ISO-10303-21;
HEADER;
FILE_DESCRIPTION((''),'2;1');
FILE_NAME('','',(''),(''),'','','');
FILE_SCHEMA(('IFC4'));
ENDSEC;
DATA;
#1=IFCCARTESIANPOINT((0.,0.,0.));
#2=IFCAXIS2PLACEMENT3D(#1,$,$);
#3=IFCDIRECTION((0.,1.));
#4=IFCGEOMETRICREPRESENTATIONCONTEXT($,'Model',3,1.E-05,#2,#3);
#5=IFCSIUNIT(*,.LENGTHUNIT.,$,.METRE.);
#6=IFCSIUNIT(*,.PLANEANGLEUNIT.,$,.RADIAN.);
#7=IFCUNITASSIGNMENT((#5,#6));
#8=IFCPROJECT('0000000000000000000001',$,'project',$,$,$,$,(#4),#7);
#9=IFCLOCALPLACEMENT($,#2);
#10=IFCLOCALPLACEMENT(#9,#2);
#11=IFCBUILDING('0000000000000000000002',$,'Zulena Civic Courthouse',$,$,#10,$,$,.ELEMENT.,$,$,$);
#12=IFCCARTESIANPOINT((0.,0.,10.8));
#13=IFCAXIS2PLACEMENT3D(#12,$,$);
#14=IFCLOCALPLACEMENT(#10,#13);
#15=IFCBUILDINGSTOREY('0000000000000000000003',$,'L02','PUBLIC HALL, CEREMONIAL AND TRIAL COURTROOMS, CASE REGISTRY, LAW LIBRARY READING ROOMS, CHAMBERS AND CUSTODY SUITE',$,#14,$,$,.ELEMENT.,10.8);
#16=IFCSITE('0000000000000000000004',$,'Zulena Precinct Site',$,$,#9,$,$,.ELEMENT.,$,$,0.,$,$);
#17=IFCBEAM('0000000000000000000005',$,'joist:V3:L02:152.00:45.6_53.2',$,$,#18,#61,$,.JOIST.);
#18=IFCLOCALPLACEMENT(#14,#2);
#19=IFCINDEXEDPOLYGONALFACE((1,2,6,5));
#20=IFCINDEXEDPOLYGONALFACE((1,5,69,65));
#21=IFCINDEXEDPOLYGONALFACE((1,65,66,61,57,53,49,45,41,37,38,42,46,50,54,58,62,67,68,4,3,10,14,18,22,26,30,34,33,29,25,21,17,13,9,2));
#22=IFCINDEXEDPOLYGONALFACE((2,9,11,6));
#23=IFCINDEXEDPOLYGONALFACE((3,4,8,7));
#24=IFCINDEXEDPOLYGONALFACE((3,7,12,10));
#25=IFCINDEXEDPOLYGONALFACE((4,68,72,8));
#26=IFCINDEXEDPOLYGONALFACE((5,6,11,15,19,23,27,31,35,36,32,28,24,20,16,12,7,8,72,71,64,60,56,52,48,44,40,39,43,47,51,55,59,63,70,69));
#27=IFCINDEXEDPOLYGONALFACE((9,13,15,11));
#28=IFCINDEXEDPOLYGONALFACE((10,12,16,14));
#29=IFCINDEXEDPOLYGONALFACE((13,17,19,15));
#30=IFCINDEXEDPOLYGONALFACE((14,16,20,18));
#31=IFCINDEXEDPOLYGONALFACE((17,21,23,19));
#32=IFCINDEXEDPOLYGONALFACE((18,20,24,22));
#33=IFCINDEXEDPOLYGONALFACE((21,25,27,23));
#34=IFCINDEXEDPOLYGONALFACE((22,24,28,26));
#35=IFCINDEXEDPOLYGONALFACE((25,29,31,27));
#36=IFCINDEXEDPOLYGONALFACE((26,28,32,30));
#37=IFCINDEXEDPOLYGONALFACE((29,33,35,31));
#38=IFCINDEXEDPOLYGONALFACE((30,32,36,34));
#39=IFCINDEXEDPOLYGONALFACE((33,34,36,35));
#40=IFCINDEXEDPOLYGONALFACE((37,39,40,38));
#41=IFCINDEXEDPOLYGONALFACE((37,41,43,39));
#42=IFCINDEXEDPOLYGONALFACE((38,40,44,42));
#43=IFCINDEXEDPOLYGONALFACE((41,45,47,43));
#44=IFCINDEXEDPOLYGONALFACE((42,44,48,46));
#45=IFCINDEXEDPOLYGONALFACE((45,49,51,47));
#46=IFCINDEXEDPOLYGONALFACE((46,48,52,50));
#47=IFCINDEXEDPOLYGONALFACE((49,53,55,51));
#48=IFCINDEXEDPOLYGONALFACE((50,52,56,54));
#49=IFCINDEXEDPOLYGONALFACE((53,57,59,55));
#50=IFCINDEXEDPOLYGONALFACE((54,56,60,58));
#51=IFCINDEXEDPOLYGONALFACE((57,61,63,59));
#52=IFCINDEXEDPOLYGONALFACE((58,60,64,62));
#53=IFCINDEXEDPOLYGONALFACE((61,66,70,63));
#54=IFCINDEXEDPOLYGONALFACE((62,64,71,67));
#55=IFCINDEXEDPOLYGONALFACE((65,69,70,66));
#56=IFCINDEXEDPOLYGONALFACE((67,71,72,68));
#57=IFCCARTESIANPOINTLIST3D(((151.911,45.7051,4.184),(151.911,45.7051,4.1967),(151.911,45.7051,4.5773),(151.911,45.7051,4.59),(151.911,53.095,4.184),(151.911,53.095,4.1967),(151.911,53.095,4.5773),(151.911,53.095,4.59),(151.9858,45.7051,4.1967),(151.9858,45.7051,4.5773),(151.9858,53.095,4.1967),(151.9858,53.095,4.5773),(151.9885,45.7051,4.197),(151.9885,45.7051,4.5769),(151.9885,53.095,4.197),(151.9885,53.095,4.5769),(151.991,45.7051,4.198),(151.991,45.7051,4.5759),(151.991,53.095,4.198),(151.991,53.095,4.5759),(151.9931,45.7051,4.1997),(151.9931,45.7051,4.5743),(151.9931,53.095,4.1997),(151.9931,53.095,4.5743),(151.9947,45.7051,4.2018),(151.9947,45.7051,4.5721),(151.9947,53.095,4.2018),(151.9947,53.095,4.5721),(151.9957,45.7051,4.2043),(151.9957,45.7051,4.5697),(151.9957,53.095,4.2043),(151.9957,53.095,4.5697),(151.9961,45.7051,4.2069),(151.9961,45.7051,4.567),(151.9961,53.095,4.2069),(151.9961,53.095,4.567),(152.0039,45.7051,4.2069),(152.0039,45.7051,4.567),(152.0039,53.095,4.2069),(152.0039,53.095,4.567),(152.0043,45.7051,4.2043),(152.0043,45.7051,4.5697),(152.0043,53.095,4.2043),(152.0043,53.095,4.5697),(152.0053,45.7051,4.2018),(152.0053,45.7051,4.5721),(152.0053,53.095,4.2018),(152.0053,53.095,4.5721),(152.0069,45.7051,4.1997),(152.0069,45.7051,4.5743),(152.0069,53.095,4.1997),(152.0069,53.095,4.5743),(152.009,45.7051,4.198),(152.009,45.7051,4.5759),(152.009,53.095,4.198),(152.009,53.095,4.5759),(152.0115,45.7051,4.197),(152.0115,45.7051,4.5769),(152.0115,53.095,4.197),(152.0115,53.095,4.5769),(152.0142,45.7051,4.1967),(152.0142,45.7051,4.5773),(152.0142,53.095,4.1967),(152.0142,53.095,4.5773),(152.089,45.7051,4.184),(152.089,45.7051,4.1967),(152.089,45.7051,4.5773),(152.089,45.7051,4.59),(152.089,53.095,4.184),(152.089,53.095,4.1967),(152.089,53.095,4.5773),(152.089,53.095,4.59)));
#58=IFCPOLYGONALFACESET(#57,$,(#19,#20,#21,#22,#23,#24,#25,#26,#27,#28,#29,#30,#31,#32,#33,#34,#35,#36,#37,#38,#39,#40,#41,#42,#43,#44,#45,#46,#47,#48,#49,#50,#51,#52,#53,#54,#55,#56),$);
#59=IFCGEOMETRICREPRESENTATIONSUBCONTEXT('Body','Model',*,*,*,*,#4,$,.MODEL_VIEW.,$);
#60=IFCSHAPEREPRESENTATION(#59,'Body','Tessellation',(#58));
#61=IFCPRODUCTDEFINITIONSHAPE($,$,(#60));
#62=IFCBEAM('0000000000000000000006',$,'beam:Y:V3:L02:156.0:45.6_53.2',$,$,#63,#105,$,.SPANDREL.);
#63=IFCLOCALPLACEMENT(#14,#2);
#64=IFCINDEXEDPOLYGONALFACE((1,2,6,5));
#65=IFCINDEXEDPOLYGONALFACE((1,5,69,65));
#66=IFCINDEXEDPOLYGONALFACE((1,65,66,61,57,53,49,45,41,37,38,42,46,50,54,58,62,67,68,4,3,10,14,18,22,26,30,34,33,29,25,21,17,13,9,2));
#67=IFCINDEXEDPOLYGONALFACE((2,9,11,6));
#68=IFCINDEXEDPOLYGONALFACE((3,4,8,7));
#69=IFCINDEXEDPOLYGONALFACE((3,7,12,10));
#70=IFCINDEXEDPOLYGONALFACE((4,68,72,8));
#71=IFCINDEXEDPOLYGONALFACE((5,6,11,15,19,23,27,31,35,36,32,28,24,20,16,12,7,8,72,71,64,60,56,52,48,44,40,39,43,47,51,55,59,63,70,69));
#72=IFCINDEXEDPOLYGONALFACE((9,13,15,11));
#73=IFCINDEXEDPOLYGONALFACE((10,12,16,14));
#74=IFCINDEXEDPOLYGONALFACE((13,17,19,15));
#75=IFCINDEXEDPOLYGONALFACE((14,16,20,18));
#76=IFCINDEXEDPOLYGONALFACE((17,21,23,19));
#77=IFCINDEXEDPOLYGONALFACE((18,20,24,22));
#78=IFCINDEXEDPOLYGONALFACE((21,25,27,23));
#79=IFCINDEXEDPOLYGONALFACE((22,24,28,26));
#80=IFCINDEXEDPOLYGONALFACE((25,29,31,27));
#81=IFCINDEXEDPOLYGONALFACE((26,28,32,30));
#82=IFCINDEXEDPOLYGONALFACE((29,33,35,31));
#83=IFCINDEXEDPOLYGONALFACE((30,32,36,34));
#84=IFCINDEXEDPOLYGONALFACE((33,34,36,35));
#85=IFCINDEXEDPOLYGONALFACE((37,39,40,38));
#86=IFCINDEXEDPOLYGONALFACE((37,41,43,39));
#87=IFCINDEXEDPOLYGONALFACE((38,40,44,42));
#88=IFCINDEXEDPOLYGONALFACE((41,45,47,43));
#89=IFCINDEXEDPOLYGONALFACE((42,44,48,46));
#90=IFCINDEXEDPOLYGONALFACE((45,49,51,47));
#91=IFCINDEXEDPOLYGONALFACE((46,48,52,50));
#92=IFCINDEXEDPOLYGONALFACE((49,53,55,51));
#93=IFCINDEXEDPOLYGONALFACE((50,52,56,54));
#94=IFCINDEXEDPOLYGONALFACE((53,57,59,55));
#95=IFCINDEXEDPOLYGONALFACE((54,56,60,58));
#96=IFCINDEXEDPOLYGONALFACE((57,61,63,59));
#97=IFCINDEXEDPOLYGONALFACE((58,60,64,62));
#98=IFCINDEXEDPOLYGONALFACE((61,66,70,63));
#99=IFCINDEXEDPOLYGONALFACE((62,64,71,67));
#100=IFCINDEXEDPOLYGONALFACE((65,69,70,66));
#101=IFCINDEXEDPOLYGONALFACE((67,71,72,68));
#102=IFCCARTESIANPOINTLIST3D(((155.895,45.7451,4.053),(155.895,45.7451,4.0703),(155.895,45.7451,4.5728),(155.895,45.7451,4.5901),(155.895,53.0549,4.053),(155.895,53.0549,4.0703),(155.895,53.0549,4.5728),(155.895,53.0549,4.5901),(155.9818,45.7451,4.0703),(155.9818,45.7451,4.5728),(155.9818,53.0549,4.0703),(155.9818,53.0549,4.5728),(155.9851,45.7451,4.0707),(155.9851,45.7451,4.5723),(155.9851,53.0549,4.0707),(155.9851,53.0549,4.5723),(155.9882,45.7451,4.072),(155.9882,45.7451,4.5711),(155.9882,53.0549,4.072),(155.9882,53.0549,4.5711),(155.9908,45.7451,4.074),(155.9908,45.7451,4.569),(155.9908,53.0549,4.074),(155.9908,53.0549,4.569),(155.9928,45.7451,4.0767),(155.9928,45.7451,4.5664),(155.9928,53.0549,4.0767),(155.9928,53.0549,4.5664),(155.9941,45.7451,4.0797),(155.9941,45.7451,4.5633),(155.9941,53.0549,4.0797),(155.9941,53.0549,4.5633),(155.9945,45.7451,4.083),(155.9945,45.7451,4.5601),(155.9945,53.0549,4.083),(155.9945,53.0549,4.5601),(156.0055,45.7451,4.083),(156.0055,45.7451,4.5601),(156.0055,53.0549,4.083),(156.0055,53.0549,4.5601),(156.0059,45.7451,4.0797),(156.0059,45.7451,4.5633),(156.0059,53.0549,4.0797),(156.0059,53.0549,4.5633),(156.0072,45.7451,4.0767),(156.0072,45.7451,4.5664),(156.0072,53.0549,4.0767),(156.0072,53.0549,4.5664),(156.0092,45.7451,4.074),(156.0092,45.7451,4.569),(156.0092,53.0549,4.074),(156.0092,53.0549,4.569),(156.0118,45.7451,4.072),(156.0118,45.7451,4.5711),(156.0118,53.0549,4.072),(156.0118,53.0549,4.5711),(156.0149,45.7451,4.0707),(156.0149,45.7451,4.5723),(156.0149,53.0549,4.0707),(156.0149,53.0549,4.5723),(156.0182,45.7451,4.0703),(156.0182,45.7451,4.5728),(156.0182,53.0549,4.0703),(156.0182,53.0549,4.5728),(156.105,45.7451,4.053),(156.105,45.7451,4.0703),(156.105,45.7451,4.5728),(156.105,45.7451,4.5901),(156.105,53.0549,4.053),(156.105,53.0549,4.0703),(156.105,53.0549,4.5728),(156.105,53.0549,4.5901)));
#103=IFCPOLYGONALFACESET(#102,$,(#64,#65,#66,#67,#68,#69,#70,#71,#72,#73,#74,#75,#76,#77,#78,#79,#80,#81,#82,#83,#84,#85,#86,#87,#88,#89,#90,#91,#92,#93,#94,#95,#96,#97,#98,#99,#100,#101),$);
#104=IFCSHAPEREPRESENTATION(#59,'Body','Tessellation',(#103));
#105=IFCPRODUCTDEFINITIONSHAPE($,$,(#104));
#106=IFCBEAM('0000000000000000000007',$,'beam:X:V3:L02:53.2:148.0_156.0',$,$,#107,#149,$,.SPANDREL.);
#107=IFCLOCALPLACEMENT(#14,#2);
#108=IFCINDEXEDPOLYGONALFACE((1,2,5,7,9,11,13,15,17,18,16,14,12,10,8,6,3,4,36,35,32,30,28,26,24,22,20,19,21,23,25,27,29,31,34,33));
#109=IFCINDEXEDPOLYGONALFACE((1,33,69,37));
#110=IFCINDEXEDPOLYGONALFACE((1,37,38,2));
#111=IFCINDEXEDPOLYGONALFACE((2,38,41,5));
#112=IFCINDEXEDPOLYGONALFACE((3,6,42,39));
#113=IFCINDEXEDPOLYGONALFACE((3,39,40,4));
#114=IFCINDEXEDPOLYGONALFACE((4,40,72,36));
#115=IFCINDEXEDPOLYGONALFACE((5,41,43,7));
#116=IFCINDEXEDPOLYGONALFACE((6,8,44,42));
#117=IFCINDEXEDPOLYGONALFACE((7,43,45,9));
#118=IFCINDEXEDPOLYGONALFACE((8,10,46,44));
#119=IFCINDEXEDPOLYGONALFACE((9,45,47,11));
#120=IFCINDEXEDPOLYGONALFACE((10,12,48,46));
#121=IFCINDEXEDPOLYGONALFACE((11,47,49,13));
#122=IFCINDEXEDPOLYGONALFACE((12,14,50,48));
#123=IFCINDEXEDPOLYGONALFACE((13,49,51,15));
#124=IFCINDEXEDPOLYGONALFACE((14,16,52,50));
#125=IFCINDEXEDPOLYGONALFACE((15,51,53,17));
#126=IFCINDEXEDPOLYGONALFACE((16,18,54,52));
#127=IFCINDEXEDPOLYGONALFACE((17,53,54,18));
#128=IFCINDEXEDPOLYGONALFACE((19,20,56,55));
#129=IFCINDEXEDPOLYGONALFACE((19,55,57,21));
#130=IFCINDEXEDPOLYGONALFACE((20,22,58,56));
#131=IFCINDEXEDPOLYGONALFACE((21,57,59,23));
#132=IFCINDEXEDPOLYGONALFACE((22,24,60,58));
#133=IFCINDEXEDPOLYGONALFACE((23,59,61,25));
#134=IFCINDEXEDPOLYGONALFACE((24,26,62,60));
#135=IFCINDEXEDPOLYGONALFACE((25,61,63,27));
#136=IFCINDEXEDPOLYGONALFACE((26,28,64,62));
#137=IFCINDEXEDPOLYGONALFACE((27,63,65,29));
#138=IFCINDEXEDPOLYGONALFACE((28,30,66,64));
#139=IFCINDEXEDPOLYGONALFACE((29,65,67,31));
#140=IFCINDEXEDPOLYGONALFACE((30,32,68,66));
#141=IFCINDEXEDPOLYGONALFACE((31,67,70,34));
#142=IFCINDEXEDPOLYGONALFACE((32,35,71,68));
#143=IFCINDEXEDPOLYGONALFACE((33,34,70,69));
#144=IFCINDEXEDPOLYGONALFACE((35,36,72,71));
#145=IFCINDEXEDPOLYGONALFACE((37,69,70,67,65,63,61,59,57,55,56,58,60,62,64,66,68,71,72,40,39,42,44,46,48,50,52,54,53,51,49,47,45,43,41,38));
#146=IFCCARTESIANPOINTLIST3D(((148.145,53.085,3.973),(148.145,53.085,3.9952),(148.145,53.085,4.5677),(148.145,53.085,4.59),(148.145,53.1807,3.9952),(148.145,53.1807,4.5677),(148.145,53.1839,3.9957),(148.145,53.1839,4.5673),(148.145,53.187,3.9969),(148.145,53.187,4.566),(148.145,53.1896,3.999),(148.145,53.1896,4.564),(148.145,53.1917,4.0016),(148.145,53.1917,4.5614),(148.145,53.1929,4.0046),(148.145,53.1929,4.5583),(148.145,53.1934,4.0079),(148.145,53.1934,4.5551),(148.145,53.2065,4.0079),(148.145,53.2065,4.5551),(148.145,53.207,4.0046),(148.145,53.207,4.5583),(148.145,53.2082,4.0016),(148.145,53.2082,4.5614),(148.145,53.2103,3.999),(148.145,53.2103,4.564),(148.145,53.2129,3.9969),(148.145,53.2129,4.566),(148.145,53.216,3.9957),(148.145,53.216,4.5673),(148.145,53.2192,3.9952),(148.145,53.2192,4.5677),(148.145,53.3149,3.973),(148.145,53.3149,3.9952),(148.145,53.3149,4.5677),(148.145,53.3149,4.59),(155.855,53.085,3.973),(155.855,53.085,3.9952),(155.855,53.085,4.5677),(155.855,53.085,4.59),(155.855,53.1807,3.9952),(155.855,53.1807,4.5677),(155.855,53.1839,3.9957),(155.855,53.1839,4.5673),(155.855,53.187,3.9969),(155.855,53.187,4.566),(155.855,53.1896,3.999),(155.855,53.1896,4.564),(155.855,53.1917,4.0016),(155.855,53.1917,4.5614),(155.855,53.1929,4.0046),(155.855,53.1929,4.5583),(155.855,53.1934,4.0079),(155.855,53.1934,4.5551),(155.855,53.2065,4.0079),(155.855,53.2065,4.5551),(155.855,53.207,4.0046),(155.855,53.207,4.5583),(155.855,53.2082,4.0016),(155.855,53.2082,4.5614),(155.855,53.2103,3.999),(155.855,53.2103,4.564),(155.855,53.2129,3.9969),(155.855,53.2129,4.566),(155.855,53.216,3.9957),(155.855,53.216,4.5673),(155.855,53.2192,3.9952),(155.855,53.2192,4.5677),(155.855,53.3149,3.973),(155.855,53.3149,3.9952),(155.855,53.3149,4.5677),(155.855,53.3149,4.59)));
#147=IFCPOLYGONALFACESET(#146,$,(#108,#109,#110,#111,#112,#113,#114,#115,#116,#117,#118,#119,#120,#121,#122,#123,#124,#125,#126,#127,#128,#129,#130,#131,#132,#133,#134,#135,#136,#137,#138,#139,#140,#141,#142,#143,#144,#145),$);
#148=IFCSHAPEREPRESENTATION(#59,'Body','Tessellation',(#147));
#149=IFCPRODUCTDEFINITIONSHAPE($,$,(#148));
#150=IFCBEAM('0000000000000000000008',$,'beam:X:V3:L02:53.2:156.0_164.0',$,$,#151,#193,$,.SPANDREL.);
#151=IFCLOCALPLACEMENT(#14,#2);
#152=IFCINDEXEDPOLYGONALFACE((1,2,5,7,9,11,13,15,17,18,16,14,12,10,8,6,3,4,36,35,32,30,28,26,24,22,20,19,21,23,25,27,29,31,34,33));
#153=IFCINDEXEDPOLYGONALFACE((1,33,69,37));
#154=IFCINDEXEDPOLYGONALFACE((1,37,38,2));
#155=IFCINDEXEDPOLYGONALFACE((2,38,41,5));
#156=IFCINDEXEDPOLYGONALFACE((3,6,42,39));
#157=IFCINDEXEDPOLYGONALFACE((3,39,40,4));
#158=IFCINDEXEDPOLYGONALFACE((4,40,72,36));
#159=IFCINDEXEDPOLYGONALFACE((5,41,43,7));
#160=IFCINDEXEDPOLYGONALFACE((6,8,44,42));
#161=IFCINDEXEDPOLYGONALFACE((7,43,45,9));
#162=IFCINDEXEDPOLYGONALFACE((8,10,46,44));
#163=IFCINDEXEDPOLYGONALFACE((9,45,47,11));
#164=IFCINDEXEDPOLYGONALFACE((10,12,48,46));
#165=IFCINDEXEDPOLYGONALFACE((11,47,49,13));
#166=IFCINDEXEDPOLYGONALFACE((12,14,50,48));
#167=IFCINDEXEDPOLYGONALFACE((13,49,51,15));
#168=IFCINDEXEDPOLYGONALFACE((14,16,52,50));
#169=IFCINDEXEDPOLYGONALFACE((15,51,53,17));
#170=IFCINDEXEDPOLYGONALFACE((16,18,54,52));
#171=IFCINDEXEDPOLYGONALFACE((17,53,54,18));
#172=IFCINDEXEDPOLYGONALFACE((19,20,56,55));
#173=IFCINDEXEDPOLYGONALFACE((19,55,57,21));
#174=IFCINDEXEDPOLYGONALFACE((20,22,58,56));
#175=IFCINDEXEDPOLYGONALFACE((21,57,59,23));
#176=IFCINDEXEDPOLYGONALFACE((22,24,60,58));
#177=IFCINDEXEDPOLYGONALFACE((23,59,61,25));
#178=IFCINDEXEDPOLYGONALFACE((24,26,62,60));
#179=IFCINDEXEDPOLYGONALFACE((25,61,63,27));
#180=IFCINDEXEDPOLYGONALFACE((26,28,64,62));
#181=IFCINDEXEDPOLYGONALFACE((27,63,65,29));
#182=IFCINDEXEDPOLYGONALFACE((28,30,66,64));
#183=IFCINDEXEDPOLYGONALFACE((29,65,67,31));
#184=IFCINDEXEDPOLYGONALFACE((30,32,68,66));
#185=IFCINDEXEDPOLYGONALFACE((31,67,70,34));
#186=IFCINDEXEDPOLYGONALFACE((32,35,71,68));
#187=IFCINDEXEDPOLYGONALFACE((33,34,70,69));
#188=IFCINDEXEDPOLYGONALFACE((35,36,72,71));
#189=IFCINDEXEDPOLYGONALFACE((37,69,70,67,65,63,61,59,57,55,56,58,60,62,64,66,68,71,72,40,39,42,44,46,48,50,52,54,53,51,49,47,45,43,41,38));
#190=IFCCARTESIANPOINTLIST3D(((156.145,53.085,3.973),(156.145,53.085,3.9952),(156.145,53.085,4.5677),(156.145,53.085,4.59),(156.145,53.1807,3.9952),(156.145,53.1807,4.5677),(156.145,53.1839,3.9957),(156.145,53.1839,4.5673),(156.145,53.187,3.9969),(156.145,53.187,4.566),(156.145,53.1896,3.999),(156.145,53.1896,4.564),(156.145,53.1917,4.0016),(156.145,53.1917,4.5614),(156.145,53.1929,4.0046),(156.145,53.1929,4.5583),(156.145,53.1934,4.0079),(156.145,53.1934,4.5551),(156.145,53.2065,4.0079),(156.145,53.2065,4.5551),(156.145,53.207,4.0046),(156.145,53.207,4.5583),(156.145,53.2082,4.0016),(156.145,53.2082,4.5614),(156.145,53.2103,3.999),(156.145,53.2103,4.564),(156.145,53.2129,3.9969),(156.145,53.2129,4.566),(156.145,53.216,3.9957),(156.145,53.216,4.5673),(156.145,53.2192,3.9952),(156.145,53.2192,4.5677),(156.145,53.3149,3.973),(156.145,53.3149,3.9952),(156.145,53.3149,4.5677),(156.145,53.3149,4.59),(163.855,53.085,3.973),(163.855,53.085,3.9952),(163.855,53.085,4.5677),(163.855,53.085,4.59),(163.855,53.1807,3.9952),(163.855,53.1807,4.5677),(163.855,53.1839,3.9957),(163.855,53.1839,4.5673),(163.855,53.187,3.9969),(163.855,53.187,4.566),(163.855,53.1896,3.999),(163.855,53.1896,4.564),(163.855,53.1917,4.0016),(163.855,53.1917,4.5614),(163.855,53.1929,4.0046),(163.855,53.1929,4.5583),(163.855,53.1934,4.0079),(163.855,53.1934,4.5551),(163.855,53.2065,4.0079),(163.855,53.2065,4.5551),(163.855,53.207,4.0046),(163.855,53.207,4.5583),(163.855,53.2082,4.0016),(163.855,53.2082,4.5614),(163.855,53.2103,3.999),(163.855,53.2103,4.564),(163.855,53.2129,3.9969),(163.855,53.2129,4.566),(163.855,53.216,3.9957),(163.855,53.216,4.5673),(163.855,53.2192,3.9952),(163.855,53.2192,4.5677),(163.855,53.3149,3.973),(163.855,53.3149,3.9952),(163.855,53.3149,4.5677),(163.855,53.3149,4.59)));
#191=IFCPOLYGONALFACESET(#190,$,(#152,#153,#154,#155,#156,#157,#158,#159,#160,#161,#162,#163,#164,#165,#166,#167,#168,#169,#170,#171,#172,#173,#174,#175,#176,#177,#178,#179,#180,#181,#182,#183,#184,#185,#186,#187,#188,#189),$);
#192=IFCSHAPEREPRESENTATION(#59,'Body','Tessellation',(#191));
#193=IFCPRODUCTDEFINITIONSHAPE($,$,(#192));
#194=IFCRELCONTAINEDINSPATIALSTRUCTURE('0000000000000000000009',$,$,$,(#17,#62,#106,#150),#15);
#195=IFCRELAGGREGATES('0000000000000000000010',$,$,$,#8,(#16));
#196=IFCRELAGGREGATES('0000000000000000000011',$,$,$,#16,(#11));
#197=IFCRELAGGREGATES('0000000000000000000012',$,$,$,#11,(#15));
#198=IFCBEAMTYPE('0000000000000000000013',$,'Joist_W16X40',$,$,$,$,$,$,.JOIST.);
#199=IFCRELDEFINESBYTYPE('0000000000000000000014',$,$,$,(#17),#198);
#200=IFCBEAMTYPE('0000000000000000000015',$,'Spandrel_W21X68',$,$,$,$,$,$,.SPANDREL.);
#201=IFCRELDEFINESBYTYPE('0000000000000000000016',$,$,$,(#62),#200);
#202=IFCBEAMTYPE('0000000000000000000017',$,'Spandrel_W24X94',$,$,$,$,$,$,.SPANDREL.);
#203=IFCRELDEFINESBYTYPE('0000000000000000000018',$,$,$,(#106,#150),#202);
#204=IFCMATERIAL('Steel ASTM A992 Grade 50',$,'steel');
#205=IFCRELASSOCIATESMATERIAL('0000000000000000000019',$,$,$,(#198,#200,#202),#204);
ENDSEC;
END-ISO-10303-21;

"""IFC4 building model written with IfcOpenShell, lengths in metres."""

from ifc_helpers import new_model, si_unit, direction, frame, origin, origin_2d, place, context, subcontext, project, spatial, i_section, extrude, material, material_profile, profile_set, type_object, element, save


model = new_model("IFC4")

# Units and contexts
model_context = context("Model", 3, precision=1e-05, world=origin(), true_north=direction((0.0, 1.0)))
body_context = subcontext(model_context, "Body", "Model", "MODEL_VIEW")
ifc_project = project(units=[si_unit("LENGTHUNIT", "METRE"), si_unit("PLANEANGLEUNIT", "RADIAN")], contexts=[model_context])

# Site, building, storey
site_placement = place(None, origin())
site = spatial("IfcSite", under=ifc_project, at=site_placement, Name="Zulena Precinct Site", CompositionType="ELEMENT", RefElevation=0.0)
building_placement = place(site_placement, origin())
building = spatial("IfcBuilding", under=site, at=building_placement, Name="Zulena Civic Courthouse", CompositionType="ELEMENT")
storey_placement = place(building_placement, frame((0.0, 0.0, 10.8)))
storey = spatial("IfcBuildingStorey", under=building, at=storey_placement, Name="L02", Description="PUBLIC HALL, CEREMONIAL AND TRIAL COURTROOMS, CASE REGISTRY, LAW LIBRARY READING ROOMS, CHAMBERS AND CUSTODY SUITE", CompositionType="ELEMENT", Elevation=10.8)

# Shared definitions
ifc_material_1 = material(Name="Steel ASTM A992 Grade 50", Category="steel")

# Beams
ifc_material_profile_1 = material_profile(ifc_material_1, i_section(OverallWidth=0.178, OverallDepth=0.406, WebThickness=0.0078, FlangeThickness=0.0127, FilletRadius=0.0103, at=origin_2d()), Name="W16X40")
ifc_profile_set_1 = profile_set([ifc_material_profile_1], Name="Steel ASTM A992 Grade 50")
beam_type_1 = type_object("IfcBeamType", Name="Joist_W16X40", PredefinedType="JOIST", material=ifc_profile_set_1)
beam_1_placement = place(storey_placement, frame((152.0, 45.7051, 4.387), z_axis=(0.0, 1.0, 0.0), x_axis=(-1.0, 0.0, 0.0)))
element("IfcBeam", 1, at=beam_1_placement, inside=storey, type_object=beam_type_1, Name="joist:V3:L02:152.00:45.6_53.2", PredefinedType="JOIST", context=body_context, shape_type="SweptSolid", body=[
    extrude(i_section(OverallWidth=0.178, OverallDepth=0.406, WebThickness=0.0078, FlangeThickness=0.0127, FilletRadius=0.0103, at=origin_2d()), origin(), (0.0, 0.0, 1.0), 7.3899),
])
ifc_material_profile_2 = material_profile(ifc_material_1, i_section(OverallWidth=0.21, OverallDepth=0.5371, WebThickness=0.011, FlangeThickness=0.0173, FilletRadius=0.0127, at=origin_2d()), Name="W21X68")
ifc_profile_set_2 = profile_set([ifc_material_profile_2], Name="Steel ASTM A992 Grade 50")
beam_type_2 = type_object("IfcBeamType", Name="Spandrel_W21X68", PredefinedType="SPANDREL", material=ifc_profile_set_2)
beam_2_placement = place(storey_placement, frame((156.0, 45.7451, 4.3215), z_axis=(0.0, 1.0, 0.0), x_axis=(-1.0, 0.0, 0.0)))
element("IfcBeam", 2, at=beam_2_placement, inside=storey, type_object=beam_type_2, Name="beam:Y:V3:L02:156.0:45.6_53.2", PredefinedType="SPANDREL", context=body_context, shape_type="SweptSolid", body=[
    extrude(i_section(OverallWidth=0.21, OverallDepth=0.5371, WebThickness=0.011, FlangeThickness=0.0173, FilletRadius=0.0127, at=origin_2d()), origin(), (0.0, 0.0, 1.0), 7.3098),
])
ifc_material_profile_3 = material_profile(ifc_material_1, i_section(OverallWidth=0.23, OverallDepth=0.6169, WebThickness=0.0132, FlangeThickness=0.0222, FilletRadius=0.0127, at=origin_2d()), Name="W24X94")
ifc_profile_set_3 = profile_set([ifc_material_profile_3], Name="Steel ASTM A992 Grade 50")
beam_type_3 = type_object("IfcBeamType", Name="Spandrel_W24X94", PredefinedType="SPANDREL", material=ifc_profile_set_3)
for number, where, z_axis, x_axis, name in (
    (3, (148.145, 53.2, 4.2815), (1.0, 0.0, 0.0), (0.0, 1.0, 0.0), "beam:X:V3:L02:53.2:148.0_156.0"),
    (4, (156.145, 53.2, 4.2815), (1.0, 0.0, 0.0), (0.0, 1.0, 0.0), "beam:X:V3:L02:53.2:156.0_164.0"),
):
    element("IfcBeam", number, at=place(storey_placement, frame(where, z_axis=z_axis, x_axis=x_axis)), inside=storey, type_object=beam_type_3, Name=name, PredefinedType="SPANDREL", context=body_context, shape_type="SweptSolid", body=[
        extrude(i_section(OverallWidth=0.23, OverallDepth=0.6169, WebThickness=0.0132, FlangeThickness=0.0222, FilletRadius=0.0127, at=origin_2d()), origin(), (0.0, 0.0, 1.0), 7.71),
    ])

save(model, "model.ifc")
